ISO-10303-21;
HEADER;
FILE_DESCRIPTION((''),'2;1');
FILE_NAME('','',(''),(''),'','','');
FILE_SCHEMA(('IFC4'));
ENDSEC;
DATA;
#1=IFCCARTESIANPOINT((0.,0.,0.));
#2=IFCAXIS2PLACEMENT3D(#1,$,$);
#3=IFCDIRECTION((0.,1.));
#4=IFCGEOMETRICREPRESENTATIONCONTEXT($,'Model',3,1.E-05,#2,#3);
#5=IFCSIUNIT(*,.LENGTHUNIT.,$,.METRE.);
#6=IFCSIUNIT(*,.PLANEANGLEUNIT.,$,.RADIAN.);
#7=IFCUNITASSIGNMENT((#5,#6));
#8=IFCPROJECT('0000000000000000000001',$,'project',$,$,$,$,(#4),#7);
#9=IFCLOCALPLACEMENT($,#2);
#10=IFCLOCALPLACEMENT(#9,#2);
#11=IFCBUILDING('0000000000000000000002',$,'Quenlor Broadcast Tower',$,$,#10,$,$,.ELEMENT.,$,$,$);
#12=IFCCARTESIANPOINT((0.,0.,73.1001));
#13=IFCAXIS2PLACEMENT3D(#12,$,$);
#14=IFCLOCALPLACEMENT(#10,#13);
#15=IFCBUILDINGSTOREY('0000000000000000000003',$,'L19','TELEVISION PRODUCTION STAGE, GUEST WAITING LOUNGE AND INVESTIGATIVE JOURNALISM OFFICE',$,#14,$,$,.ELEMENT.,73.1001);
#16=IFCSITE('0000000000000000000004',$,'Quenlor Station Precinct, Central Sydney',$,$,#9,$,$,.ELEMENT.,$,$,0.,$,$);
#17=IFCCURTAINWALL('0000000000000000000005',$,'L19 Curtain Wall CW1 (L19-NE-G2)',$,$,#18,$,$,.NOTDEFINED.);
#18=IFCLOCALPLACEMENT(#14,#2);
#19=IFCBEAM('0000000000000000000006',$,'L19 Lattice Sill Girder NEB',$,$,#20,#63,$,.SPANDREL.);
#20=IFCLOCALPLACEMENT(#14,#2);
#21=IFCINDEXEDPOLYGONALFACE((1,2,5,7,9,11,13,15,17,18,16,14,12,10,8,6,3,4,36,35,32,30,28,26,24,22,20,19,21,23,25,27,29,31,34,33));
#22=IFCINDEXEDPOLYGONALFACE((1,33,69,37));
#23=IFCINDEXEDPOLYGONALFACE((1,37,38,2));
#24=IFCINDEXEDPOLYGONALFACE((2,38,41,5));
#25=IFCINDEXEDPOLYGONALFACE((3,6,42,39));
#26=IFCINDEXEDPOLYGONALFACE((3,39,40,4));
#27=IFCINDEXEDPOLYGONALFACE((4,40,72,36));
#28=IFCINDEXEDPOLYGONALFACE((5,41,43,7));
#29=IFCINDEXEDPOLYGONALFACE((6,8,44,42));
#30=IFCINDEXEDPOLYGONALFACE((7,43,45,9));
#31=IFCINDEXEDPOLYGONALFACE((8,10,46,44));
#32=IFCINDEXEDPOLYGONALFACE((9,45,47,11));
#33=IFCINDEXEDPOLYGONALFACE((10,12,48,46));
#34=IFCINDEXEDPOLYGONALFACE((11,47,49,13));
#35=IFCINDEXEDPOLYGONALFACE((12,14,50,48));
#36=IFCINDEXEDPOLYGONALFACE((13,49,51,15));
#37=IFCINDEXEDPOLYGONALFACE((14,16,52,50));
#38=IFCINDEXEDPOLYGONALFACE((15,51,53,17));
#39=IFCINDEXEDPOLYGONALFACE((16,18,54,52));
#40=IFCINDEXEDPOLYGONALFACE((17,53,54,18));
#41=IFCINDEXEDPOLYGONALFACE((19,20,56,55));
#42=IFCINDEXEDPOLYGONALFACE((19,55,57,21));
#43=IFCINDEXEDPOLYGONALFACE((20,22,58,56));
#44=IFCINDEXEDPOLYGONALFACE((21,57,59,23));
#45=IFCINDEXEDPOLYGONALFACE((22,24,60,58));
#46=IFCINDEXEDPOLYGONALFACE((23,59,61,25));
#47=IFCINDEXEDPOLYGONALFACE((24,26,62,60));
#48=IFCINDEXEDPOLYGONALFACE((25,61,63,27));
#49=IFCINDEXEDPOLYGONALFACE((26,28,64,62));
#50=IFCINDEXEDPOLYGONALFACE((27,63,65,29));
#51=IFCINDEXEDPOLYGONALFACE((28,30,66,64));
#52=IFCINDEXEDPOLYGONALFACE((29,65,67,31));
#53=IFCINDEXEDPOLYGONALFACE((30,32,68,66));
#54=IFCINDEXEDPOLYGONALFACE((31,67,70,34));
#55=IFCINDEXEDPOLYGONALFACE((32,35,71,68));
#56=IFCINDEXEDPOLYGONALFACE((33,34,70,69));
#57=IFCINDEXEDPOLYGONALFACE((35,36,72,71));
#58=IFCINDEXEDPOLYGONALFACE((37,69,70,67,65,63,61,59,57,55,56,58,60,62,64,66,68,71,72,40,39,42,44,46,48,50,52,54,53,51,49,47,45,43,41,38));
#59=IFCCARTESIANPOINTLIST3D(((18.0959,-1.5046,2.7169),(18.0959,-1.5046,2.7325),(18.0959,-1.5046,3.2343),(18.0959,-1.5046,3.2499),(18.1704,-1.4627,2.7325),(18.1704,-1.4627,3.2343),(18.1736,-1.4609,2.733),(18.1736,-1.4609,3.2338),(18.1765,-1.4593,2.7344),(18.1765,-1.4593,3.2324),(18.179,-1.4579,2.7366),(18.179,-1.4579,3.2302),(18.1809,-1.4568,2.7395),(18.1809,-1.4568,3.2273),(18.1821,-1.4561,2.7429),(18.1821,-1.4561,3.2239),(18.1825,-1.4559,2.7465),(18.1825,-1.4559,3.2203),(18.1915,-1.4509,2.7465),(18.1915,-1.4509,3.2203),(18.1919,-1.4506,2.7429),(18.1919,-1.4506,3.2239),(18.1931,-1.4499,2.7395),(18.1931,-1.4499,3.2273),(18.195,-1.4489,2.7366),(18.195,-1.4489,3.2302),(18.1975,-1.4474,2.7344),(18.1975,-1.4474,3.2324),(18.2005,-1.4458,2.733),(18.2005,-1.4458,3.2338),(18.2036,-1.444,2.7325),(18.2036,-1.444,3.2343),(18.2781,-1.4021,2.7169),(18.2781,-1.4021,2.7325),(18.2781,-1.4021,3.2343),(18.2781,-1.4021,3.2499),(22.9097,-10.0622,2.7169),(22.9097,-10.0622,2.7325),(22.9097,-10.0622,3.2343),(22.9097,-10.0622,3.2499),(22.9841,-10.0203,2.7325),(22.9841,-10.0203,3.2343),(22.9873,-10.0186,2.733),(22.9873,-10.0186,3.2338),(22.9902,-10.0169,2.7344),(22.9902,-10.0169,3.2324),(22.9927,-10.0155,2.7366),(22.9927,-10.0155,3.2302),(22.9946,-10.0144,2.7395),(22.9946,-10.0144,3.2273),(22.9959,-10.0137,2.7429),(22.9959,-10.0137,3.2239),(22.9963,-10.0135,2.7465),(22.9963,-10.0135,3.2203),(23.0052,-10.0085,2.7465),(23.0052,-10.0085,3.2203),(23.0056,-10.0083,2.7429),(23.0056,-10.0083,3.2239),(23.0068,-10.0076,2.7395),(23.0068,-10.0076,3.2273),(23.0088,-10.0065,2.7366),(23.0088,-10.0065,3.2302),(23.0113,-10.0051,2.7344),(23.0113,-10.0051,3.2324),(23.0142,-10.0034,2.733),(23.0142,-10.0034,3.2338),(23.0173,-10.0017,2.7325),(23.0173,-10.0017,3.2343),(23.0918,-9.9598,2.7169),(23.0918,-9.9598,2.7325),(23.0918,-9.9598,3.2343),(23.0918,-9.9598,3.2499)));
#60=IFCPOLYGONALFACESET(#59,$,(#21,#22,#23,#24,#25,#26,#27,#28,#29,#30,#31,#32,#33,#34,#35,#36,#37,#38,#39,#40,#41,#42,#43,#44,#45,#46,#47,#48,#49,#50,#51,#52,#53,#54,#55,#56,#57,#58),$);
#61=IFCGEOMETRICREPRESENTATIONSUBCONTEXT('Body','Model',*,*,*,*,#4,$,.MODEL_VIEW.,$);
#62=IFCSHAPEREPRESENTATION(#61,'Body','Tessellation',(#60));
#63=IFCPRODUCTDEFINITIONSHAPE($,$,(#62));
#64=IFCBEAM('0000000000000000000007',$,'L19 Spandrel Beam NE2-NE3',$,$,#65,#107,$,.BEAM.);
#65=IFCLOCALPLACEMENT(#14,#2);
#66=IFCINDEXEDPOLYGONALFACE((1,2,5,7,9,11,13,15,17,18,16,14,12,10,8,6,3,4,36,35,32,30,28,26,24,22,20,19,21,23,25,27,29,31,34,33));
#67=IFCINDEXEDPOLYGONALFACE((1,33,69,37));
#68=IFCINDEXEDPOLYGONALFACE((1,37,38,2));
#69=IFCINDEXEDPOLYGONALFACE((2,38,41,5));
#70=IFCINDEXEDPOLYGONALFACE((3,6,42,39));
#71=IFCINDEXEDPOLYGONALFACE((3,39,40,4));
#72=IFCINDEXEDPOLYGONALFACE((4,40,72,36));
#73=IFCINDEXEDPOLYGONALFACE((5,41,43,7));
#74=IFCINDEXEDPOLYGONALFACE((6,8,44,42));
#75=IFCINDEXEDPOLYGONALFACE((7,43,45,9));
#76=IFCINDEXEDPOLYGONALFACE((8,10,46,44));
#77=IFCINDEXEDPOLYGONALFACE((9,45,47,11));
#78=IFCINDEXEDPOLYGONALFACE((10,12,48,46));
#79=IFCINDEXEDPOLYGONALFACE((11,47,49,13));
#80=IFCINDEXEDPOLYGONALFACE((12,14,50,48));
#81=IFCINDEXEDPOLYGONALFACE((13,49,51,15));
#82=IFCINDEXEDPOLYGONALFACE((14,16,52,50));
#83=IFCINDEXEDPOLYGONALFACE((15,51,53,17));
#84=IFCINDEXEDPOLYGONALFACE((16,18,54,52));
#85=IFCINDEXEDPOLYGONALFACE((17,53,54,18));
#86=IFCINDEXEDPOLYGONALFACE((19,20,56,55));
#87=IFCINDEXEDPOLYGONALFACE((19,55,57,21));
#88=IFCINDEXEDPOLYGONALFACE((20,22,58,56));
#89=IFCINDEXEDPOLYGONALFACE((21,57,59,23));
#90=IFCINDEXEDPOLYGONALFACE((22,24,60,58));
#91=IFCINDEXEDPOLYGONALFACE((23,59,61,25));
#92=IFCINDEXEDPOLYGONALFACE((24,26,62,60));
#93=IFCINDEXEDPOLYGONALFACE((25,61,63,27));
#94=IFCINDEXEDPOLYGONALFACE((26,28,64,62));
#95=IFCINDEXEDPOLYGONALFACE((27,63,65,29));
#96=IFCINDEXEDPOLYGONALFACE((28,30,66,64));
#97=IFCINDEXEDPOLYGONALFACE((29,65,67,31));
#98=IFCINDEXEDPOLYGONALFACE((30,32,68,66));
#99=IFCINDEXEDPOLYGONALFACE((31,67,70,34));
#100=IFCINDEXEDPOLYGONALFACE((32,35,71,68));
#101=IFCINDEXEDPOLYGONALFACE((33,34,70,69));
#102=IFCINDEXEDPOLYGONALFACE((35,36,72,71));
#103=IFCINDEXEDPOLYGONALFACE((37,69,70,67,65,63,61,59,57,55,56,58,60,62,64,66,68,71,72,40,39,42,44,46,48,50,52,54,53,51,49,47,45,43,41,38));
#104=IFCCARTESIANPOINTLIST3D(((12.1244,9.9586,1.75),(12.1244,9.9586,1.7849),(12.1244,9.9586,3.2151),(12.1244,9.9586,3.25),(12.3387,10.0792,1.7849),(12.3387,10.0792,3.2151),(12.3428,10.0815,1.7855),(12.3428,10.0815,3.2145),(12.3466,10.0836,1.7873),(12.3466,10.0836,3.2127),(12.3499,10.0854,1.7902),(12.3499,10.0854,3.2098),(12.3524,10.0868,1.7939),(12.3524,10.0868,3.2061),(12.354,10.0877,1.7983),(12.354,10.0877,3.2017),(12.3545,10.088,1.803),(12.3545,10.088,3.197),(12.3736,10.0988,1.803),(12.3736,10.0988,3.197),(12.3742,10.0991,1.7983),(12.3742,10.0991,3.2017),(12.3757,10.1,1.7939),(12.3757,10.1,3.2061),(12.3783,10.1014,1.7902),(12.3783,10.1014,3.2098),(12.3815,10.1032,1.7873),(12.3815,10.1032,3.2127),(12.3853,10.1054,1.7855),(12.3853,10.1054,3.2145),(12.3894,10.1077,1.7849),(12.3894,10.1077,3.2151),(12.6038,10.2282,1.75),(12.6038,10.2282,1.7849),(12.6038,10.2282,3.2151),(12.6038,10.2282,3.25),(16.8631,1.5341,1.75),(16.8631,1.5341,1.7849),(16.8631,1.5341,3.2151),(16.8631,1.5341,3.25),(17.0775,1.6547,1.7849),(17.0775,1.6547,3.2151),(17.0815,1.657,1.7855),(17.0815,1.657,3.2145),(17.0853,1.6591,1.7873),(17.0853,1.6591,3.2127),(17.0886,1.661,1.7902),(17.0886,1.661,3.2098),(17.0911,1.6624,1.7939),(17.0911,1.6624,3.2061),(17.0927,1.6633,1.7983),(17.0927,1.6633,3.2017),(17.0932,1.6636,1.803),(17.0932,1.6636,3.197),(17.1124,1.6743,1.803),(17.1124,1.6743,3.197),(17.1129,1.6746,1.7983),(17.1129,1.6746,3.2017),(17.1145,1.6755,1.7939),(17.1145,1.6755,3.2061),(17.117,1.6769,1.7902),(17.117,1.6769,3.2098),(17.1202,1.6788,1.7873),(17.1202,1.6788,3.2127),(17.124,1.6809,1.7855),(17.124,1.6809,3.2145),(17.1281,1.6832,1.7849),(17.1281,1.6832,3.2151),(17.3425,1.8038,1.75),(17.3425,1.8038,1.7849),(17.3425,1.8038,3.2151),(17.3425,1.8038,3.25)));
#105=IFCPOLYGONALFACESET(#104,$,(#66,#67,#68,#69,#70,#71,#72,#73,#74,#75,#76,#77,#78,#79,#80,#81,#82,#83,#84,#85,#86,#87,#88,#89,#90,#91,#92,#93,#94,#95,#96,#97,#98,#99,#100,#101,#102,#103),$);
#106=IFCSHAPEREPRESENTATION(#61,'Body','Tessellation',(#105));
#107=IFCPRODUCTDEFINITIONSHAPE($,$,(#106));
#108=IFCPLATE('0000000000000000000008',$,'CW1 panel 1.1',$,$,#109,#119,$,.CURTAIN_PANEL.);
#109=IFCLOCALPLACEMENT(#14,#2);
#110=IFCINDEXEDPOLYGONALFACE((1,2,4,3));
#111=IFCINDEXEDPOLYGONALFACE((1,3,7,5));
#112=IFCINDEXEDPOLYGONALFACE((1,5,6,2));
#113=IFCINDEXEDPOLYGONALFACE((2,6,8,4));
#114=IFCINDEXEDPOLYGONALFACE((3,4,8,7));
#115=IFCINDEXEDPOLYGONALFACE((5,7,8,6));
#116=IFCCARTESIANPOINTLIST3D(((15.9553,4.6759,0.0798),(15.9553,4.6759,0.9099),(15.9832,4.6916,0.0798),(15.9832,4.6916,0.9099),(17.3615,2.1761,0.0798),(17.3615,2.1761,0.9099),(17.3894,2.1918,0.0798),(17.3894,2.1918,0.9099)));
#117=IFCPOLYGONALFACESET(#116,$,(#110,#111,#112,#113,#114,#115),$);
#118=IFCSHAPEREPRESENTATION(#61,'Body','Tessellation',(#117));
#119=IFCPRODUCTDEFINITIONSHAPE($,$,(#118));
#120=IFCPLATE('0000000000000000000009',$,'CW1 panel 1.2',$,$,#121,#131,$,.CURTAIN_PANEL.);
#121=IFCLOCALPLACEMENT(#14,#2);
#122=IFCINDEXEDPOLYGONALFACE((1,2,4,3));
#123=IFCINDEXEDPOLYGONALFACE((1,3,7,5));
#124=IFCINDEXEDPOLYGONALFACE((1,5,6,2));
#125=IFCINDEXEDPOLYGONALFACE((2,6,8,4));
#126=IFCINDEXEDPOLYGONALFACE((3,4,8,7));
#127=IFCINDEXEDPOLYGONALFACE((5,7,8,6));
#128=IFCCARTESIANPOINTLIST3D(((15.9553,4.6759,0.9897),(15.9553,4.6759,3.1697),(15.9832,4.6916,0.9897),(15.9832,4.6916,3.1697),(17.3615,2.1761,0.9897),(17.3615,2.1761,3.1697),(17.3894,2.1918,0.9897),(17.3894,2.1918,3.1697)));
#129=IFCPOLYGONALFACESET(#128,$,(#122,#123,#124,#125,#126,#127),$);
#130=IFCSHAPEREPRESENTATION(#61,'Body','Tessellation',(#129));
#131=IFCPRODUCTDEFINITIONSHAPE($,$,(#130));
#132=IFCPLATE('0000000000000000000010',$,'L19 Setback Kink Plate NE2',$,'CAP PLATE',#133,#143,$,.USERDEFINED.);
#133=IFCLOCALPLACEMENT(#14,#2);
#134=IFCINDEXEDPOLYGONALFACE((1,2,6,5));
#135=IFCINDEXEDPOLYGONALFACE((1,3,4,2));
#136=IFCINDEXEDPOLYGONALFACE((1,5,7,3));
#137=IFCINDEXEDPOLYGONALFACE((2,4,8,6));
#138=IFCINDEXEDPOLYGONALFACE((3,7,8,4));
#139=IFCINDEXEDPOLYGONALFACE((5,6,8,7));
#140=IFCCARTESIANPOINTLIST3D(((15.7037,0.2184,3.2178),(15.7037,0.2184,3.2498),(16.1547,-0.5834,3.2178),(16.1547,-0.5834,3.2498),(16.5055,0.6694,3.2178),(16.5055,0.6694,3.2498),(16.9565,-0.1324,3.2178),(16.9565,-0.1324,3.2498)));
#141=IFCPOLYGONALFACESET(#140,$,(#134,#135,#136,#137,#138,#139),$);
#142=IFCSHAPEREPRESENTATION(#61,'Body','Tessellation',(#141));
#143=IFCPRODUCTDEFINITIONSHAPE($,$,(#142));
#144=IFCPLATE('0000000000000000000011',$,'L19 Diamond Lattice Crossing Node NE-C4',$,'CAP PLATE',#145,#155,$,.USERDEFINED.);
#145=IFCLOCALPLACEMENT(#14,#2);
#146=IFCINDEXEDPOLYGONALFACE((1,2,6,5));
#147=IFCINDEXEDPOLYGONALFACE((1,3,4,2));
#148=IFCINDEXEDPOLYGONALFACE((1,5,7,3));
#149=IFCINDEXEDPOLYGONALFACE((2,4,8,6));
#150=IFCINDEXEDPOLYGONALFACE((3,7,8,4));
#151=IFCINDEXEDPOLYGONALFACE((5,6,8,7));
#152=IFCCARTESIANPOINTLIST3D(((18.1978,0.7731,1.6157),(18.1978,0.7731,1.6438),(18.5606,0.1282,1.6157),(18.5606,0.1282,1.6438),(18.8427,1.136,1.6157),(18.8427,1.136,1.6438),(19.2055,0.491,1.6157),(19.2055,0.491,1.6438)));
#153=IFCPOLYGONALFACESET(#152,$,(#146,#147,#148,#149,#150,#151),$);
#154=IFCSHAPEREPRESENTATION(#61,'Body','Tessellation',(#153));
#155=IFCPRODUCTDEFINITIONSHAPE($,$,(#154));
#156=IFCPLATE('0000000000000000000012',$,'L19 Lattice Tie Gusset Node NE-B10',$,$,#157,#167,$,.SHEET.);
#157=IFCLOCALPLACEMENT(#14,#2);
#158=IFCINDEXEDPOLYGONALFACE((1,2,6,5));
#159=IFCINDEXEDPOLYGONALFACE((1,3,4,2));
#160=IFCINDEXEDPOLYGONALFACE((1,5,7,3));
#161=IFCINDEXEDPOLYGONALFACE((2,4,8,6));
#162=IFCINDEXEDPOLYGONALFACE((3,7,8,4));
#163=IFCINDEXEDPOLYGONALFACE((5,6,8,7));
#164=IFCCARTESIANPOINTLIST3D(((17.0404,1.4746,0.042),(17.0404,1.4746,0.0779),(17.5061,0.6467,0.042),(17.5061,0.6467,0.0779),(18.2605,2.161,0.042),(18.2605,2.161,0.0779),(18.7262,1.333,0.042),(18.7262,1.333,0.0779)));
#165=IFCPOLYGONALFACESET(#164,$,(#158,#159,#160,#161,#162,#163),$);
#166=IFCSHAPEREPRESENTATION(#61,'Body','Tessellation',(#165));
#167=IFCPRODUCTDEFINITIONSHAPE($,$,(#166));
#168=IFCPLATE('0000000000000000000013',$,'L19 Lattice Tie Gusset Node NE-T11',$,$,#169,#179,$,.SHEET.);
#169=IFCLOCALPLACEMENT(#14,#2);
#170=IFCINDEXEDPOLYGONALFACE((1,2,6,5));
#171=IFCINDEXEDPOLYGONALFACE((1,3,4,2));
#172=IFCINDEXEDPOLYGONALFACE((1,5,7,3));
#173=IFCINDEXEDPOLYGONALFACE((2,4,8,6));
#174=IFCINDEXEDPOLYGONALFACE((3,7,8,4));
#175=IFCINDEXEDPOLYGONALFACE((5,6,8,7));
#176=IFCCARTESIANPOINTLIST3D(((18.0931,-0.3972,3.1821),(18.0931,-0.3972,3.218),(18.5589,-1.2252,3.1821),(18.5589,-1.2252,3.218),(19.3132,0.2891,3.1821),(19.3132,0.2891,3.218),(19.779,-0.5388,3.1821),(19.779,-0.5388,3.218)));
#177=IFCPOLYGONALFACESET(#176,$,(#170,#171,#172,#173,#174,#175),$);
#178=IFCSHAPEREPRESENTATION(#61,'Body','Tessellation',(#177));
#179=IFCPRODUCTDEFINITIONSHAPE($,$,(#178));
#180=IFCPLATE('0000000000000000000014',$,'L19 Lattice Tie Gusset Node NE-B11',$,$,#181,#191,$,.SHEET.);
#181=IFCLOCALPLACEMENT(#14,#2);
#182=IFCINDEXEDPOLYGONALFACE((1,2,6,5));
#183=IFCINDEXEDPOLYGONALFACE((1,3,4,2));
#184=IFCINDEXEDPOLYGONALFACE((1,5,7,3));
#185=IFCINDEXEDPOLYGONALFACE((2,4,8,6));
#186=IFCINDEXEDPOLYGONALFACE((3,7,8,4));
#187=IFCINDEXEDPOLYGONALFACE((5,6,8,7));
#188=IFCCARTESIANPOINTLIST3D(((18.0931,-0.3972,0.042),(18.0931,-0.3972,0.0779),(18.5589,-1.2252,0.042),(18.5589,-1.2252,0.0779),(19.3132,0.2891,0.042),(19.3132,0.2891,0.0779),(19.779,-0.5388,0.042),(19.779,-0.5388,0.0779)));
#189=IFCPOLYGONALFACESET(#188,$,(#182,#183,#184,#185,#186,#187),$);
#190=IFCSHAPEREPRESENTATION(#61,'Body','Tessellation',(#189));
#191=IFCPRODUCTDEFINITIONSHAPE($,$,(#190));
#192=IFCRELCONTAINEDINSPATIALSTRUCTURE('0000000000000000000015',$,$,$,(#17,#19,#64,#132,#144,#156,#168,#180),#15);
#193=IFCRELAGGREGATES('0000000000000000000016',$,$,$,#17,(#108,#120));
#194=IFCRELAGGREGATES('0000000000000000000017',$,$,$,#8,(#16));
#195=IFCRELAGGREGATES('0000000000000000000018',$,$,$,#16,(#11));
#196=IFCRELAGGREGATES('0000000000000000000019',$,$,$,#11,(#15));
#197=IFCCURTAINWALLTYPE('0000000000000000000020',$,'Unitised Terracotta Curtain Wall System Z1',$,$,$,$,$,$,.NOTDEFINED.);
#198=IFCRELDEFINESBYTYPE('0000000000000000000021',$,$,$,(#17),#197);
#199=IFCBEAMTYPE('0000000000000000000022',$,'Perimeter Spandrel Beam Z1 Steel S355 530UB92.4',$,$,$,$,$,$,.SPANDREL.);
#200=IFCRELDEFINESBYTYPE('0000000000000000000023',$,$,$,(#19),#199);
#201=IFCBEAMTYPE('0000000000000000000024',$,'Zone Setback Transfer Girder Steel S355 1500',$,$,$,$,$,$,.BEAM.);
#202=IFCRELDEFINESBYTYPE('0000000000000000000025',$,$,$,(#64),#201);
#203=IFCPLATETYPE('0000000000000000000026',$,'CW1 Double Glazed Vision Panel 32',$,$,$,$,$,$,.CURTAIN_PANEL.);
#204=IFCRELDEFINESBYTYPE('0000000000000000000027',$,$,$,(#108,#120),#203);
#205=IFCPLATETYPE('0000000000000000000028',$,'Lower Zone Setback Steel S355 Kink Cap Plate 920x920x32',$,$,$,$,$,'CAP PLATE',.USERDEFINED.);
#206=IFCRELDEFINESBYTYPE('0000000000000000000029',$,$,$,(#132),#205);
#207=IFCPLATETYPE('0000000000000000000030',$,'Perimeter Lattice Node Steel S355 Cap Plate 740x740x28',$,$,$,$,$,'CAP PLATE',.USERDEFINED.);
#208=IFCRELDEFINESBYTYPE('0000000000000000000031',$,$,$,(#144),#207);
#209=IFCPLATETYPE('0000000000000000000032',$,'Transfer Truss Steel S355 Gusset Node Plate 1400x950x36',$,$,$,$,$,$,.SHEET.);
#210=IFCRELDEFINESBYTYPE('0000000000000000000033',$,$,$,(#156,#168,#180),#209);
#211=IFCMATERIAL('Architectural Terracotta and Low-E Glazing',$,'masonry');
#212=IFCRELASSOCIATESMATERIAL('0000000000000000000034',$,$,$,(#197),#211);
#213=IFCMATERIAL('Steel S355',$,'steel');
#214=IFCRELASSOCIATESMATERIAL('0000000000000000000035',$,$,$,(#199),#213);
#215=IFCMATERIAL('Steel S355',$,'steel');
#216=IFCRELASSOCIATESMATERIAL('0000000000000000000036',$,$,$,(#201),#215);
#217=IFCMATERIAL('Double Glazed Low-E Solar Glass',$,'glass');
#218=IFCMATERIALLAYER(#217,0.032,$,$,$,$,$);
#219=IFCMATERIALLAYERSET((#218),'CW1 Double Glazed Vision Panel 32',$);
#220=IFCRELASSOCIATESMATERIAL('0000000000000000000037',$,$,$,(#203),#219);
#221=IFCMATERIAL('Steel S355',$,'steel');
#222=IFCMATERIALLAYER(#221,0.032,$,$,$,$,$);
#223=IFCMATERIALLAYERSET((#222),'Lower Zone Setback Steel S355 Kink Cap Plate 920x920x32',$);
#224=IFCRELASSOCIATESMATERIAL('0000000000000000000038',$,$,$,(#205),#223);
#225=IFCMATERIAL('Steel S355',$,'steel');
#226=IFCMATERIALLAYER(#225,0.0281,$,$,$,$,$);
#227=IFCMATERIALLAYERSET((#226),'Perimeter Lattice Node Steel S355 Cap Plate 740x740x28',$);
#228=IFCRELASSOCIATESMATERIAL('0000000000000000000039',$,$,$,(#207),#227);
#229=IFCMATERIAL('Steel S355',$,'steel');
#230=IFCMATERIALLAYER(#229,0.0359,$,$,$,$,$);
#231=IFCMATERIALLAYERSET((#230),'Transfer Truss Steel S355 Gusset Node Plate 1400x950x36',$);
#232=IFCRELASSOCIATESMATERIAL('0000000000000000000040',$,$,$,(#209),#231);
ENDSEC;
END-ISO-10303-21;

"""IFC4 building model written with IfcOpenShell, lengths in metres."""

from ifc_helpers import new_model, si_unit, direction, frame, origin, origin_2d, place, context, subcontext, project, spatial, rectangle, i_section, extrude, material, layer, layer_set, material_profile, profile_set, type_object, element, aggregate, save


model = new_model("IFC4")

# Units and contexts
model_context = context("Model", 3, precision=1e-05, world=origin(), true_north=direction((0.0, 1.0)))
body_context = subcontext(model_context, "Body", "Model", "MODEL_VIEW")
ifc_project = project(units=[si_unit("LENGTHUNIT", "METRE"), si_unit("PLANEANGLEUNIT", "RADIAN")], contexts=[model_context])

# Site, building, storey
site_placement = place(None, origin())
site = spatial("IfcSite", under=ifc_project, at=site_placement, Name="Quenlor Station Precinct, Central Sydney", CompositionType="ELEMENT", RefElevation=0.0)
building_placement = place(site_placement, origin())
building = spatial("IfcBuilding", under=site, at=building_placement, Name="Quenlor Broadcast Tower", CompositionType="ELEMENT")
storey_placement = place(building_placement, frame((0.0, 0.0, 73.1001)))
storey = spatial("IfcBuildingStorey", under=building, at=storey_placement, Name="L19", Description="TELEVISION PRODUCTION STAGE, GUEST WAITING LOUNGE AND INVESTIGATIVE JOURNALISM OFFICE", CompositionType="ELEMENT", Elevation=73.1001)

# Curtain wall
ifc_material_1 = material(Name="Architectural Terracotta and Low-E Glazing", Category="masonry")
curtain_wall_type = type_object("IfcCurtainWallType", Name="Unitised Terracotta Curtain Wall System Z1", PredefinedType="NOTDEFINED", material=ifc_material_1)
curtain_wall_1_placement = place(storey_placement, origin())
curtain_wall_1 = element("IfcCurtainWall", 1, at=curtain_wall_1_placement, inside=storey, type_object=curtain_wall_type, Name="L19 Curtain Wall CW1 (L19-NE-G2)", PredefinedType="NOTDEFINED")

# Beams
ifc_material_2 = material(Name="Steel S355", Category="steel")
ifc_material_profile_1 = material_profile(ifc_material_2, i_section(OverallWidth=0.209, OverallDepth=0.533, WebThickness=0.0103, FlangeThickness=0.0156, FilletRadius=0.0139, at=origin_2d()))
ifc_profile_set_1 = profile_set([ifc_material_profile_1], Name="Steel S355 530UB92.4")
beam_type_1 = type_object("IfcBeamType", Name="Perimeter Spandrel Beam Z1 Steel S355 530UB92.4", PredefinedType="SPANDREL", material=ifc_profile_set_1)
beam_1_placement = place(storey_placement, frame((18.187, -1.4534, 2.9834), z_axis=(0.490266, -0.871573, 0.0), x_axis=(0.871573, 0.490266, 0.0)))
element("IfcBeam", 2, at=beam_1_placement, inside=storey, type_object=beam_type_1, Name="L19 Lattice Sill Girder NEB", PredefinedType="SPANDREL", context=body_context, shape_type="SweptSolid", body=[
    extrude(i_section(OverallWidth=0.209, OverallDepth=0.533, WebThickness=0.0103, FlangeThickness=0.0156, FilletRadius=0.0139, at=origin_2d()), origin(), (0.0, 0.0, 1.0), 9.8186),
])
ifc_material_3 = material(Name="Steel S355", Category="steel")
ifc_material_profile_2 = material_profile(ifc_material_3, i_section(OverallWidth=0.55, OverallDepth=1.5, WebThickness=0.022, FlangeThickness=0.0349, FilletRadius=0.0181, at=origin_2d()))
ifc_profile_set_2 = profile_set([ifc_material_profile_2], Name="Steel S355 1500TG510")
beam_type_2 = type_object("IfcBeamType", Name="Zone Setback Transfer Girder Steel S355 1500", PredefinedType="BEAM", material=ifc_profile_set_2)
beam_2_placement = place(storey_placement, frame((17.1028, 1.6689, 2.5), z_axis=(-0.490258, 0.871578, 0.0), x_axis=(-0.871578, -0.490258, 0.0)))
element("IfcBeam", 3, at=beam_2_placement, inside=storey, type_object=beam_type_2, Name="L19 Spandrel Beam NE2-NE3", PredefinedType="BEAM", context=body_context, shape_type="SweptSolid", body=[
    extrude(i_section(OverallWidth=0.55, OverallDepth=1.5, WebThickness=0.022, FlangeThickness=0.0349, FilletRadius=0.0181, at=origin_2d()), origin(), (0.0, 0.0, 1.0), 9.6658),
])

# Plates
ifc_material_4 = material(Name="Double Glazed Low-E Solar Glass", Category="glass")
ifc_layer_1 = layer(ifc_material_4, 0.032)
ifc_layer_set_1 = layer_set([ifc_layer_1], Name="CW1 Double Glazed Vision Panel 32")
plate_type_1 = type_object("IfcPlateType", Name="CW1 Double Glazed Vision Panel 32", PredefinedType="CURTAIN_PANEL", material=ifc_layer_set_1)
plate_1_placement = place(storey_placement, frame((16.6724, 3.4338, 0.0798), z_axis=(0.0, 0.0, 1.0), x_axis=(0.490274, -0.871568, 0.0)))
plate_1 = element("IfcPlate", 4, at=plate_1_placement, type_object=plate_type_1, Name="CW1 panel 1.1", PredefinedType="CURTAIN_PANEL", context=body_context, shape_type="SweptSolid", body=[
    extrude(rectangle(XDim=2.8682, YDim=0.032, at=origin_2d()), origin(), (0.0, 0.0, 1.0), 0.8301),
])
plate_2_placement = place(storey_placement, frame((16.6724, 3.4338, 0.9897), z_axis=(0.0, 0.0, 1.0), x_axis=(0.490274, -0.871568, 0.0)))
plate_2 = element("IfcPlate", 5, at=plate_2_placement, type_object=plate_type_1, Name="CW1 panel 1.2", PredefinedType="CURTAIN_PANEL", context=body_context, shape_type="SweptSolid", body=[
    extrude(rectangle(XDim=2.8682, YDim=0.032, at=origin_2d()), origin(), (0.0, 0.0, 1.0), 2.1799),
])
aggregate(curtain_wall_1, [plate_1, plate_2])

# Plates
ifc_material_5 = material(Name="Steel S355", Category="steel")
ifc_layer_2 = layer(ifc_material_5, 0.032)
ifc_layer_set_2 = layer_set([ifc_layer_2], Name="Lower Zone Setback Steel S355 Kink Cap Plate 920x920x32")
plate_type_2 = type_object("IfcPlateType", Name="Lower Zone Setback Steel S355 Kink Cap Plate 920x920x32", ElementType="CAP PLATE", PredefinedType="USERDEFINED", material=ifc_layer_set_2)
plate_3_placement = place(storey_placement, frame((16.3301, 0.043, 3.2178), z_axis=(0.0, 0.0, 1.0), x_axis=(0.871575, 0.490262, 0.0)))
element("IfcPlate", 6, at=plate_3_placement, inside=storey, type_object=plate_type_2, Name="L19 Setback Kink Plate NE2", ObjectType="CAP PLATE", PredefinedType="USERDEFINED", context=body_context, shape_type="SweptSolid", body=[
    extrude(rectangle(XDim=0.9199, YDim=0.9199, at=origin_2d()), origin(), (0.0, 0.0, 1.0), 0.032),
])
ifc_material_6 = material(Name="Steel S355", Category="steel")
ifc_layer_3 = layer(ifc_material_6, 0.0281)
ifc_layer_set_3 = layer_set([ifc_layer_3], Name="Perimeter Lattice Node Steel S355 Cap Plate 740x740x28")
plate_type_3 = type_object("IfcPlateType", Name="Perimeter Lattice Node Steel S355 Cap Plate 740x740x28", ElementType="CAP PLATE", PredefinedType="USERDEFINED", material=ifc_layer_set_3)
plate_4_placement = place(storey_placement, frame((18.7017, 0.6321, 1.6157), z_axis=(0.0, 0.0, 1.0), x_axis=(0.490295, -0.871556, 0.0)))
element("IfcPlate", 7, at=plate_4_placement, inside=storey, type_object=plate_type_3, Name="L19 Diamond Lattice Crossing Node NE-C4", ObjectType="CAP PLATE", PredefinedType="USERDEFINED", context=body_context, shape_type="SweptSolid", body=[
    extrude(rectangle(XDim=0.74, YDim=0.74, at=origin_2d()), origin(), (0.0, 0.0, 1.0), 0.0281),
])
ifc_material_7 = material(Name="Steel S355", Category="steel")
ifc_layer_4 = layer(ifc_material_7, 0.0359)
ifc_layer_set_4 = layer_set([ifc_layer_4], Name="Transfer Truss Steel S355 Gusset Node Plate 1400x950x36")
plate_type_4 = type_object("IfcPlateType", Name="Transfer Truss Steel S355 Gusset Node Plate 1400x950x36", PredefinedType="SHEET", material=ifc_layer_set_4)
for number, where, z_axis, x_axis, name in (
    (8, (17.8833, 1.4038, 0.042), (0.0, 0.0, 1.0), (0.871556, 0.490295, 0.0), "L19 Lattice Tie Gusset Node NE-B10"),
    (9, (18.936, -0.468, 3.1821), (0.0, 0.0, 1.0), (0.871556, 0.490295, 0.0), "L19 Lattice Tie Gusset Node NE-T11"),
    (10, (18.936, -0.468, 0.042), (0.0, 0.0, 1.0), (0.871556, 0.490295, 0.0), "L19 Lattice Tie Gusset Node NE-B11"),
):
    element("IfcPlate", number, at=place(storey_placement, frame(where, z_axis=z_axis, x_axis=x_axis)), inside=storey, type_object=plate_type_4, Name=name, PredefinedType="SHEET", context=body_context, shape_type="SweptSolid", body=[
        extrude(rectangle(XDim=1.3999, YDim=0.95, at=origin_2d()), origin(), (0.0, 0.0, 1.0), 0.0359),
    ])

save(model, "model.ifc")
